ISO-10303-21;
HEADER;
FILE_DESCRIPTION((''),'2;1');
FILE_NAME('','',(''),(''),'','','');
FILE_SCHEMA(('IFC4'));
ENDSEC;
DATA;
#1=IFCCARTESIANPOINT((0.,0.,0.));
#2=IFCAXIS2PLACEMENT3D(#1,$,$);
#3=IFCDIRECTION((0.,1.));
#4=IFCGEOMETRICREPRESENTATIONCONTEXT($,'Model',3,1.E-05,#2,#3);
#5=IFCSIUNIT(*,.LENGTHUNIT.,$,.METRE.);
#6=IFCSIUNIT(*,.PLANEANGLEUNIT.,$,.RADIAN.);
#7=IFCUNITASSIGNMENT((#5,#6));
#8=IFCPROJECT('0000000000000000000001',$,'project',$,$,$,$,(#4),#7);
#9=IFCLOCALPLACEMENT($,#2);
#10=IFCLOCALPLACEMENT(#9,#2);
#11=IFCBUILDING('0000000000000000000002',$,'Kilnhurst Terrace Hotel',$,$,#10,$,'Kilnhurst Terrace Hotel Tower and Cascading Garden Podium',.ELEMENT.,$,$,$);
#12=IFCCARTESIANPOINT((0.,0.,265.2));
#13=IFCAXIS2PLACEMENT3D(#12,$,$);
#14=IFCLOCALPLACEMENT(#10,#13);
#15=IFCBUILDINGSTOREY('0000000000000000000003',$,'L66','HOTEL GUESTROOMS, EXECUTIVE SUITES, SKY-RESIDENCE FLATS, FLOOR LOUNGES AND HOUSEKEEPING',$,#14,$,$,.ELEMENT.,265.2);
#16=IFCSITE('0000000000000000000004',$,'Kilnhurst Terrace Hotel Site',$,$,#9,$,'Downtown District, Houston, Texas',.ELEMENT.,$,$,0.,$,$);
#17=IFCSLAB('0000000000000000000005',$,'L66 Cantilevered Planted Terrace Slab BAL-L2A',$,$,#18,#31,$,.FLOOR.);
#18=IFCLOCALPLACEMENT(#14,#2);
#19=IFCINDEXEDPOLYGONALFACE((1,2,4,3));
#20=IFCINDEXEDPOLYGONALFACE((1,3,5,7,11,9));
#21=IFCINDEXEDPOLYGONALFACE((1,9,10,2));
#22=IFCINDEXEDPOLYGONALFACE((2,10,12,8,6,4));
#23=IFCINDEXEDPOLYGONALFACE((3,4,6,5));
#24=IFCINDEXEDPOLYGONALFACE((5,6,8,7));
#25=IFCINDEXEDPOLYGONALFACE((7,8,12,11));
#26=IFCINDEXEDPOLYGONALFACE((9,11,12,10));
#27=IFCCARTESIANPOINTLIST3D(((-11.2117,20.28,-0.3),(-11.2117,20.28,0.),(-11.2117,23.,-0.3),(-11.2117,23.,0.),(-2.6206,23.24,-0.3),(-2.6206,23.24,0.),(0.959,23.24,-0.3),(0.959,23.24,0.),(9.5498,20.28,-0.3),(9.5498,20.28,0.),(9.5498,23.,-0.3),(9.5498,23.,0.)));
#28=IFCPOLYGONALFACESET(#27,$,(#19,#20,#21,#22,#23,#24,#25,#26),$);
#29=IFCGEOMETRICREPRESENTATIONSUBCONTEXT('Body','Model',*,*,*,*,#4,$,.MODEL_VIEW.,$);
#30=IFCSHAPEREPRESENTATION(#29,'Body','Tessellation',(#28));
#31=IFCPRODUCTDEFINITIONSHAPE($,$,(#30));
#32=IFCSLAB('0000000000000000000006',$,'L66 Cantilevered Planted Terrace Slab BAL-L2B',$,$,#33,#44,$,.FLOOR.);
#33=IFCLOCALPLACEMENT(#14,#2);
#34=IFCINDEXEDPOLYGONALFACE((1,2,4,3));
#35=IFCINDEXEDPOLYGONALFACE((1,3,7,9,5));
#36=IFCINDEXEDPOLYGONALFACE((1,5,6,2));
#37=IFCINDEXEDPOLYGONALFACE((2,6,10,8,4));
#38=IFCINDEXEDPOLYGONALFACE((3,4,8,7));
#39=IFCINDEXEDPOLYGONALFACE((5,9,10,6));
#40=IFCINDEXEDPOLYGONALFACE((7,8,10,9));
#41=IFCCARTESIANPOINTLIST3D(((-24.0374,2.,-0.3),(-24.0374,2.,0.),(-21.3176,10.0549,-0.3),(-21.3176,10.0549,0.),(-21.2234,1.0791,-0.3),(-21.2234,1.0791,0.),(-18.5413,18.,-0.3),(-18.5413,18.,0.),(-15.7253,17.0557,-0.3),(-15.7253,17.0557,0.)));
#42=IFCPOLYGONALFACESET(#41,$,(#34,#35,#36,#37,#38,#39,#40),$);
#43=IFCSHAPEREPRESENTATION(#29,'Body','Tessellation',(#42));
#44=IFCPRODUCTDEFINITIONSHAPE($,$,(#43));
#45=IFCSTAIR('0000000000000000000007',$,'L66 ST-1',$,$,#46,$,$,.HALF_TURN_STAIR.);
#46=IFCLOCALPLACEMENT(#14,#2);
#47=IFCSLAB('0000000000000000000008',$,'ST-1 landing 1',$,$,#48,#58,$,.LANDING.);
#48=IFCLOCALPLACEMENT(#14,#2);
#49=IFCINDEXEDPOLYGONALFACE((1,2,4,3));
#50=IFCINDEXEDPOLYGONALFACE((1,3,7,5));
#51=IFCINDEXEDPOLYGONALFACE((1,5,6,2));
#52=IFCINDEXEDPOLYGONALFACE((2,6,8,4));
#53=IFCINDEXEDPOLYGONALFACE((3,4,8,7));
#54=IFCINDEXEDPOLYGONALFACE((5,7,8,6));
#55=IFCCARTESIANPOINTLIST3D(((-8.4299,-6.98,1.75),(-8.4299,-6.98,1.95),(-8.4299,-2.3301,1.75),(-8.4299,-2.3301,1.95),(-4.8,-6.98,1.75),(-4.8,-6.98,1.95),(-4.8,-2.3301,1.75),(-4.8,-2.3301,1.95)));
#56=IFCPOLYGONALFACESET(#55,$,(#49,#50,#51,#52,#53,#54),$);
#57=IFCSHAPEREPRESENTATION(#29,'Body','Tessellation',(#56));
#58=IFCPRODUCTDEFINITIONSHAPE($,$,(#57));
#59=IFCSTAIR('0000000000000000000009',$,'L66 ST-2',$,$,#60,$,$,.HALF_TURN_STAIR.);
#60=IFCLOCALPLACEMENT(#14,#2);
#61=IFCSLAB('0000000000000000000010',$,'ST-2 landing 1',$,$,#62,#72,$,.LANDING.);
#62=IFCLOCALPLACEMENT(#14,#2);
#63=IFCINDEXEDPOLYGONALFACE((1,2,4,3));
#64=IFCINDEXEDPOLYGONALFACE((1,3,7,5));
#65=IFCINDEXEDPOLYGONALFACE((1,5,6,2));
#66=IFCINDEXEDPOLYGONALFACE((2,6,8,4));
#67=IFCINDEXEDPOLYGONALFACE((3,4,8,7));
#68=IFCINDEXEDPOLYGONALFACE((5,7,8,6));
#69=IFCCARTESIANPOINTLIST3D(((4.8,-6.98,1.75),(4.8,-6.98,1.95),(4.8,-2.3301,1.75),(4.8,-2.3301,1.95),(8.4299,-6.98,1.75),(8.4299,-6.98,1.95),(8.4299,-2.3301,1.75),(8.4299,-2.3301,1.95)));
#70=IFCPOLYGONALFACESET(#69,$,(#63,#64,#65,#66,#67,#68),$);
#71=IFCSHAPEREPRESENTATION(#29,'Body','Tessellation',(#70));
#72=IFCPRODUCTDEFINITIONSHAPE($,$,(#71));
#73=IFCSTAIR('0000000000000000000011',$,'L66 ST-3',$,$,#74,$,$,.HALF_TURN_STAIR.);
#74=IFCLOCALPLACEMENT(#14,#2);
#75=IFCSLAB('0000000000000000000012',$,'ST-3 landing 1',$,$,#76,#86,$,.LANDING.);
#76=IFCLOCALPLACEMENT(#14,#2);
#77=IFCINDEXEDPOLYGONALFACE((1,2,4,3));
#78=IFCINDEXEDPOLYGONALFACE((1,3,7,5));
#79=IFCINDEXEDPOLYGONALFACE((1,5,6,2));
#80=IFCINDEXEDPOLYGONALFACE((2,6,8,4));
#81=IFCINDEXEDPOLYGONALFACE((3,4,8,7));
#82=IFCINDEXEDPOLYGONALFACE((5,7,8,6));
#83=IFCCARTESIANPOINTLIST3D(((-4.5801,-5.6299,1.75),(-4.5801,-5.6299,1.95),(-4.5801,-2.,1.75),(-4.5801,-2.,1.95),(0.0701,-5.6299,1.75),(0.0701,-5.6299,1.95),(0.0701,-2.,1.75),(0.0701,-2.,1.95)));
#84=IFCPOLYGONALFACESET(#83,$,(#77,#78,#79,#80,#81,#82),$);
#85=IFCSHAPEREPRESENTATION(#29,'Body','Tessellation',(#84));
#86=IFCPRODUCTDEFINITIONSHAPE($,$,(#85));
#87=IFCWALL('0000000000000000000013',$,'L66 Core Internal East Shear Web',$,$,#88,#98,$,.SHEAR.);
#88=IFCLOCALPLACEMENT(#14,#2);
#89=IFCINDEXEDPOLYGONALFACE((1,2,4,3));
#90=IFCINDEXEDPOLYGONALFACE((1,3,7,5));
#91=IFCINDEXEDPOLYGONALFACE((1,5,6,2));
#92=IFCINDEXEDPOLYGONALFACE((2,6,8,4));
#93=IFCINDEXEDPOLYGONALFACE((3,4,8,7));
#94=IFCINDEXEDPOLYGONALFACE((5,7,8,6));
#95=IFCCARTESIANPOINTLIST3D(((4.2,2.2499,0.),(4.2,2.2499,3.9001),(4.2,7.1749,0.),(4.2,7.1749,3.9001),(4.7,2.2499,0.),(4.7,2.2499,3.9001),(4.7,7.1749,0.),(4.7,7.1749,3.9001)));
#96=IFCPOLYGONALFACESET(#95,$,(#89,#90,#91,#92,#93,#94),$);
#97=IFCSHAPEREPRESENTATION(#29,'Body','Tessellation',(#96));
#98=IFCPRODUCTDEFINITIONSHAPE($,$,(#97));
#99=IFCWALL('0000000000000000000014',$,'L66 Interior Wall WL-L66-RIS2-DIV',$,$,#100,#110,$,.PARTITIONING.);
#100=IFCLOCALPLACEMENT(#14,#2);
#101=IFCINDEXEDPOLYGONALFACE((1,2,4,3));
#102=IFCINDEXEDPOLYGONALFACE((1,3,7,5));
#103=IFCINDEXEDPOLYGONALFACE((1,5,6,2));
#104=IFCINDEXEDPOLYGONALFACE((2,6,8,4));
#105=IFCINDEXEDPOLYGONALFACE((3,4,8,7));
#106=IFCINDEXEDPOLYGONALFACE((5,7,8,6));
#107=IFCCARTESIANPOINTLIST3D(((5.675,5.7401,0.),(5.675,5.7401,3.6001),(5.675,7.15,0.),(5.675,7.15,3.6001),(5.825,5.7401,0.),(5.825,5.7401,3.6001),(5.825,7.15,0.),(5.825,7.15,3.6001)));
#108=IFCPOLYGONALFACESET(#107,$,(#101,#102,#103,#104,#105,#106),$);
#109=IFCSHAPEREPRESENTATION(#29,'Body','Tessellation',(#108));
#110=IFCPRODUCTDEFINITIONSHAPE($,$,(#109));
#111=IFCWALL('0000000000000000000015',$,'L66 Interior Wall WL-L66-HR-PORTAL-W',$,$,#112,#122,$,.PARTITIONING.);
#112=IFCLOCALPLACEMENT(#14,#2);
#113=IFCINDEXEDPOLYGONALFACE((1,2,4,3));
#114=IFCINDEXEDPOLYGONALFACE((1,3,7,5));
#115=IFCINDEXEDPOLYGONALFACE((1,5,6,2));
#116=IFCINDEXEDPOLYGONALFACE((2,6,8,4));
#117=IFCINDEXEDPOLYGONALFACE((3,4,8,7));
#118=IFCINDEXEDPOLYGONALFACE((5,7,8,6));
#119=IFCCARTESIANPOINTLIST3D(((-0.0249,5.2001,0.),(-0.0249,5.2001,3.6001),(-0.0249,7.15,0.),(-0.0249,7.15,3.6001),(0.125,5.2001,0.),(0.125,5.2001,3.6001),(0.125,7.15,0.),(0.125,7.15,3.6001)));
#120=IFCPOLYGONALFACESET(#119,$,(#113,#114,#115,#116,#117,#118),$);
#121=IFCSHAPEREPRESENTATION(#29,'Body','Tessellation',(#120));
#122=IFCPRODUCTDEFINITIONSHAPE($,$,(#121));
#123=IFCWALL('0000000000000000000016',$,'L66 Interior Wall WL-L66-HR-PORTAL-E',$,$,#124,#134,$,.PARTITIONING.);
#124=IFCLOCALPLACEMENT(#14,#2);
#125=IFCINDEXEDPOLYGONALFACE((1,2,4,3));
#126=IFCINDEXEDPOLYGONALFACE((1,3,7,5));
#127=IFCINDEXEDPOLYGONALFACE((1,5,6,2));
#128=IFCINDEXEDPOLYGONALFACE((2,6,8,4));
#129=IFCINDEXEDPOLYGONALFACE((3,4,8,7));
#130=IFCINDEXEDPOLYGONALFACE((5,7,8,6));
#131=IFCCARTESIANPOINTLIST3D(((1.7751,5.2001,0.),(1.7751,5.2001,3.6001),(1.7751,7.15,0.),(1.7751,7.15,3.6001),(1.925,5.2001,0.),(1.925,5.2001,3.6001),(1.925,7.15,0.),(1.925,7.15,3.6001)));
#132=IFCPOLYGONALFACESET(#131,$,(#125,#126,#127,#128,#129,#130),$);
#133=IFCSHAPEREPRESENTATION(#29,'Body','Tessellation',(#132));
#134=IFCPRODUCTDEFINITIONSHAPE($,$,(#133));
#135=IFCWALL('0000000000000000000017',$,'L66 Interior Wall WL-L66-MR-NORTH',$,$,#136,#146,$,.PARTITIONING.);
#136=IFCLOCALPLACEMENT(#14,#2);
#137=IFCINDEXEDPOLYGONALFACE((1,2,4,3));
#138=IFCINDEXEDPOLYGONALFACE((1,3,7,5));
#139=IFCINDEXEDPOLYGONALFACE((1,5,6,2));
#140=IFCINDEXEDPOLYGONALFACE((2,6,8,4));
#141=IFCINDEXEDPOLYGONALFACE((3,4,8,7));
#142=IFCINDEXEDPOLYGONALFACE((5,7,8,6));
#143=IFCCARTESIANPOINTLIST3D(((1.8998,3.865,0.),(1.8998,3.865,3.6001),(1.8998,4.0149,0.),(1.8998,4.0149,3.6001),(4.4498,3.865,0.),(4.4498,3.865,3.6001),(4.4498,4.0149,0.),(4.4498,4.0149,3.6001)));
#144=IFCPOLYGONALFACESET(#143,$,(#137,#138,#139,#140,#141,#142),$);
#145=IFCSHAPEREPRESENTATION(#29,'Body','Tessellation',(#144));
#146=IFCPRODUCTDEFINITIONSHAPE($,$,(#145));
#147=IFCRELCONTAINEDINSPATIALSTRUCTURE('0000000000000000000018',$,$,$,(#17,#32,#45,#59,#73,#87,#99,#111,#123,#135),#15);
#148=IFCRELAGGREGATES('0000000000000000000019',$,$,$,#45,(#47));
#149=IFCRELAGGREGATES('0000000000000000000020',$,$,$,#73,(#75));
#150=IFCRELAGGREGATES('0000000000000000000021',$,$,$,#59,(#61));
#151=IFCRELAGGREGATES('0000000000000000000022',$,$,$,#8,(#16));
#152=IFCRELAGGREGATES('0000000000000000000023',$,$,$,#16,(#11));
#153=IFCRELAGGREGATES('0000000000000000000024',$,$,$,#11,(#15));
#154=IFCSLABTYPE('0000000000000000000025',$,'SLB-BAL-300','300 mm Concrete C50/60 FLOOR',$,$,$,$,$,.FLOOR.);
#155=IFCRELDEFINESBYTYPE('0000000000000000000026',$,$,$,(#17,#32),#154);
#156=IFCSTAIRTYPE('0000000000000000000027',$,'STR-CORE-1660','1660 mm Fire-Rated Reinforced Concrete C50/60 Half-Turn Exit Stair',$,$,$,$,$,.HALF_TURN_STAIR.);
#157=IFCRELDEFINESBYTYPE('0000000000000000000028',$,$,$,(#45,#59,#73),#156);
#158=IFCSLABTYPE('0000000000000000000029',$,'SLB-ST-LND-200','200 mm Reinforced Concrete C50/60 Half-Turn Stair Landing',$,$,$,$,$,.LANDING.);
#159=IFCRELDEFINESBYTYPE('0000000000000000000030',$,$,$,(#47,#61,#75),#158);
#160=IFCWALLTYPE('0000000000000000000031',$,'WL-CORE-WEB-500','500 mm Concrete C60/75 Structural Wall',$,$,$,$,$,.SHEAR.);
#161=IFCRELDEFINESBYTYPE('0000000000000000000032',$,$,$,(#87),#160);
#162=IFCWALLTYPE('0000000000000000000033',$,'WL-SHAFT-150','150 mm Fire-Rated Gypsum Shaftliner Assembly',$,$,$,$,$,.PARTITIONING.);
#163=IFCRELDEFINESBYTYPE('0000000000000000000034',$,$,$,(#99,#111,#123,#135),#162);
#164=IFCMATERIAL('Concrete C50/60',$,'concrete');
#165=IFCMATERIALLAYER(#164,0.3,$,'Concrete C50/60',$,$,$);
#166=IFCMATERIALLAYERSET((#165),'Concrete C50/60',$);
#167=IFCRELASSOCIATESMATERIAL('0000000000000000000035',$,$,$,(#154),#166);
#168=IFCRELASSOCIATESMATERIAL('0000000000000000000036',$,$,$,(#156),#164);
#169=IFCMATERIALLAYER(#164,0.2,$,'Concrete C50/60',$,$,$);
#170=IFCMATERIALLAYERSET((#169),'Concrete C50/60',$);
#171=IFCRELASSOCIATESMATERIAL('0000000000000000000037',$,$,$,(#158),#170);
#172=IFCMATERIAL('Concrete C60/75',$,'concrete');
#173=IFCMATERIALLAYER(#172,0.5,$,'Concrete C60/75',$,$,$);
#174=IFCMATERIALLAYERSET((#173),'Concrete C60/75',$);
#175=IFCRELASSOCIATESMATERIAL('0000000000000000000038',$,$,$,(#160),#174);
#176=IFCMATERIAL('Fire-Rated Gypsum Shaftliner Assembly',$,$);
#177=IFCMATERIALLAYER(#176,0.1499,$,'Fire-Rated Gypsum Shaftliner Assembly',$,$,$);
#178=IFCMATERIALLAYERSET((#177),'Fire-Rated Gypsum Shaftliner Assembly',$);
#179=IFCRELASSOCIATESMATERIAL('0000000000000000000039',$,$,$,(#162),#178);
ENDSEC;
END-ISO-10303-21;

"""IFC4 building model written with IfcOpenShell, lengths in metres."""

from ifc_helpers import new_model, si_unit, direction, frame, frame_2d, origin, place, context, subcontext, project, spatial, polyline, rectangle, outline, extrude, material, layer, layer_set, type_object, element, aggregate, save


model = new_model("IFC4")

# Units and contexts
model_context = context("Model", 3, precision=1e-05, world=origin(), true_north=direction((0.0, 1.0)))
body_context = subcontext(model_context, "Body", "Model", "MODEL_VIEW")
ifc_project = project(units=[si_unit("LENGTHUNIT", "METRE"), si_unit("PLANEANGLEUNIT", "RADIAN")], contexts=[model_context])

# Site, building, storey
site_placement = place(None, origin())
site = spatial("IfcSite", under=ifc_project, at=site_placement, Name="Kilnhurst Terrace Hotel Site", LongName="Downtown District, Houston, Texas", CompositionType="ELEMENT", RefElevation=0.0)
building_placement = place(site_placement, origin())
building = spatial("IfcBuilding", under=site, at=building_placement, Name="Kilnhurst Terrace Hotel", LongName="Kilnhurst Terrace Hotel Tower and Cascading Garden Podium", CompositionType="ELEMENT")
storey_placement = place(building_placement, frame((0.0, 0.0, 265.2)))
storey = spatial("IfcBuildingStorey", under=building, at=storey_placement, Name="L66", Description="HOTEL GUESTROOMS, EXECUTIVE SUITES, SKY-RESIDENCE FLATS, FLOOR LOUNGES AND HOUSEKEEPING", CompositionType="ELEMENT", Elevation=265.2)

# Slabs
ifc_material_1 = material(Name="Concrete C50/60", Category="concrete")
ifc_layer_1 = layer(ifc_material_1, 0.3, Name="Concrete C50/60")
ifc_layer_set_1 = layer_set([ifc_layer_1], Name="Concrete C50/60")
slab_type_1 = type_object("IfcSlabType", Name="SLB-BAL-300", Description="300 mm Concrete C50/60 FLOOR", PredefinedType="FLOOR", material=ifc_layer_set_1)
slab_1_placement = place(storey_placement, frame((0.0, 0.0, -0.3)))
element("IfcSlab", 1, at=slab_1_placement, inside=storey, type_object=slab_type_1, Name="L66 Cantilevered Planted Terrace Slab BAL-L2A", PredefinedType="FLOOR", context=body_context, shape_type="SweptSolid", body=[
    extrude(outline(polyline([(0.959, 23.24), (9.5498, 23.0), (9.5498, 20.28), (-11.2117, 20.28), (-11.2117, 23.0), (-2.6206, 23.24), (0.959, 23.24)])), origin(), (0.0, 0.0, 1.0), 0.3),
])
slab_2_placement = place(storey_placement, frame((0.0, 0.0, -0.3)))
element("IfcSlab", 2, at=slab_2_placement, inside=storey, type_object=slab_type_1, Name="L66 Cantilevered Planted Terrace Slab BAL-L2B", PredefinedType="FLOOR", context=body_context, shape_type="SweptSolid", body=[
    extrude(outline(polyline([(-18.5413, 18.0), (-15.7253, 17.0557), (-21.2234, 1.0791), (-24.0374, 2.0), (-21.3176, 10.0549), (-18.5413, 18.0)])), origin(), (0.0, 0.0, 1.0), 0.3),
])

# Stairs, slabs
stair_type = type_object("IfcStairType", Name="STR-CORE-1660", Description="1660 mm Fire-Rated Reinforced Concrete C50/60 Half-Turn Exit Stair", PredefinedType="HALF_TURN_STAIR", material=ifc_material_1)
stair_1_placement = place(storey_placement, origin())
stair_1 = element("IfcStair", 3, at=stair_1_placement, inside=storey, type_object=stair_type, Name="L66 ST-1", PredefinedType="HALF_TURN_STAIR")
ifc_layer_2 = layer(ifc_material_1, 0.2, Name="Concrete C50/60")
ifc_layer_set_2 = layer_set([ifc_layer_2], Name="Concrete C50/60")
slab_type_2 = type_object("IfcSlabType", Name="SLB-ST-LND-200", Description="200 mm Reinforced Concrete C50/60 Half-Turn Stair Landing", PredefinedType="LANDING", material=ifc_layer_set_2)
slab_3_placement = place(storey_placement, frame((0.0, 0.0, 1.75)))
slab_3 = element("IfcSlab", 4, at=slab_3_placement, type_object=slab_type_2, Name="ST-1 landing 1", PredefinedType="LANDING", context=body_context, shape_type="SweptSolid", body=[
    extrude(outline(polyline([(-8.4299, -2.3301), (-4.8, -2.3301), (-4.8, -6.98), (-8.4299, -6.98), (-8.4299, -2.3301)])), origin(), (0.0, 0.0, 1.0), 0.2),
])
aggregate(stair_1, [slab_3])
stair_2_placement = place(storey_placement, origin())
stair_2 = element("IfcStair", 5, at=stair_2_placement, inside=storey, type_object=stair_type, Name="L66 ST-2", PredefinedType="HALF_TURN_STAIR")
slab_4_placement = place(storey_placement, frame((0.0, 0.0, 1.75)))
slab_4 = element("IfcSlab", 6, at=slab_4_placement, type_object=slab_type_2, Name="ST-2 landing 1", PredefinedType="LANDING", context=body_context, shape_type="SweptSolid", body=[
    extrude(outline(polyline([(4.8, -2.3301), (8.4299, -2.3301), (8.4299, -6.98), (4.8, -6.98), (4.8, -2.3301)])), origin(), (0.0, 0.0, 1.0), 0.2),
])
stair_3_placement = place(storey_placement, origin())
stair_3 = element("IfcStair", 7, at=stair_3_placement, inside=storey, type_object=stair_type, Name="L66 ST-3", PredefinedType="HALF_TURN_STAIR")
slab_5_placement = place(storey_placement, frame((0.0, 0.0, 1.75)))
slab_5 = element("IfcSlab", 8, at=slab_5_placement, type_object=slab_type_2, Name="ST-3 landing 1", PredefinedType="LANDING", context=body_context, shape_type="SweptSolid", body=[
    extrude(outline(polyline([(0.0701, -2.0), (0.0701, -5.6299), (-4.5801, -5.6299), (-4.5801, -2.0), (0.0701, -2.0)])), origin(), (0.0, 0.0, 1.0), 0.2),
])
aggregate(stair_3, [slab_5])

# Walls
ifc_material_2 = material(Name="Concrete C60/75", Category="concrete")
ifc_layer_3 = layer(ifc_material_2, 0.5, Name="Concrete C60/75")
ifc_layer_set_3 = layer_set([ifc_layer_3], Name="Concrete C60/75")
wall_type_1 = type_object("IfcWallType", Name="WL-CORE-WEB-500", Description="500 mm Concrete C60/75 Structural Wall", PredefinedType="SHEAR", material=ifc_layer_set_3)
wall_1_placement = place(storey_placement, frame((4.45, 2.25, 0.0), z_axis=(0.0, 0.0, 1.0), x_axis=(0.0, 1.0, 0.0)))
element("IfcWall", 9, at=wall_1_placement, inside=storey, type_object=wall_type_1, Name="L66 Core Internal East Shear Web", PredefinedType="SHEAR", context=body_context, shape_type="SweptSolid", body=[
    extrude(rectangle(XDim=4.925, YDim=0.5, at=frame_2d((2.4624, 0.0))), origin(), (0.0, 0.0, 1.0), 3.9001),
])
ifc_material_3 = material(Name="Fire-Rated Gypsum Shaftliner Assembly")
ifc_layer_4 = layer(ifc_material_3, 0.1499, Name="Fire-Rated Gypsum Shaftliner Assembly")
ifc_layer_set_4 = layer_set([ifc_layer_4], Name="Fire-Rated Gypsum Shaftliner Assembly")
wall_type_2 = type_object("IfcWallType", Name="WL-SHAFT-150", Description="150 mm Fire-Rated Gypsum Shaftliner Assembly", PredefinedType="PARTITIONING", material=ifc_layer_set_4)
wall_2_placement = place(storey_placement, frame((5.75, 5.74, 0.0), z_axis=(0.0, 0.0, 1.0), x_axis=(0.0, 1.0, 0.0)))
element("IfcWall", 10, at=wall_2_placement, inside=storey, type_object=wall_type_2, Name="L66 Interior Wall WL-L66-RIS2-DIV", PredefinedType="PARTITIONING", context=body_context, shape_type="SweptSolid", body=[
    extrude(rectangle(XDim=1.4099, YDim=0.1499, at=frame_2d((0.7051, 0.0))), origin(), (0.0, 0.0, 1.0), 3.6001),
])
for number, where, z_axis, x_axis, name in (
    (11, (0.05, 5.2, 0.0), (0.0, 0.0, 1.0), (0.0, 1.0, 0.0), "L66 Interior Wall WL-L66-HR-PORTAL-W"),
    (12, (1.8501, 5.2, 0.0), (0.0, 0.0, 1.0), (0.0, 1.0, 0.0), "L66 Interior Wall WL-L66-HR-PORTAL-E"),
):
    element("IfcWall", number, at=place(storey_placement, frame(where, z_axis=z_axis, x_axis=x_axis)), inside=storey, type_object=wall_type_2, Name=name, PredefinedType="PARTITIONING", context=body_context, shape_type="SweptSolid", body=[
        extrude(rectangle(XDim=1.95, YDim=0.1499, at=frame_2d((0.9751, 0.0))), origin(), (0.0, 0.0, 1.0), 3.6001),
    ])
wall_3_placement = place(storey_placement, frame((1.8999, 3.9399, 0.0), z_axis=(0.0, 0.0, 1.0), x_axis=(1.0, 0.0, 0.0)))
element("IfcWall", 13, at=wall_3_placement, inside=storey, type_object=wall_type_2, Name="L66 Interior Wall WL-L66-MR-NORTH", PredefinedType="PARTITIONING", context=body_context, shape_type="SweptSolid", body=[
    extrude(rectangle(XDim=2.55, YDim=0.1499, at=frame_2d((1.2749, 0.0))), origin(), (0.0, 0.0, 1.0), 3.6001),
])

aggregate(stair_2, [slab_4])

save(model, "model.ifc")
